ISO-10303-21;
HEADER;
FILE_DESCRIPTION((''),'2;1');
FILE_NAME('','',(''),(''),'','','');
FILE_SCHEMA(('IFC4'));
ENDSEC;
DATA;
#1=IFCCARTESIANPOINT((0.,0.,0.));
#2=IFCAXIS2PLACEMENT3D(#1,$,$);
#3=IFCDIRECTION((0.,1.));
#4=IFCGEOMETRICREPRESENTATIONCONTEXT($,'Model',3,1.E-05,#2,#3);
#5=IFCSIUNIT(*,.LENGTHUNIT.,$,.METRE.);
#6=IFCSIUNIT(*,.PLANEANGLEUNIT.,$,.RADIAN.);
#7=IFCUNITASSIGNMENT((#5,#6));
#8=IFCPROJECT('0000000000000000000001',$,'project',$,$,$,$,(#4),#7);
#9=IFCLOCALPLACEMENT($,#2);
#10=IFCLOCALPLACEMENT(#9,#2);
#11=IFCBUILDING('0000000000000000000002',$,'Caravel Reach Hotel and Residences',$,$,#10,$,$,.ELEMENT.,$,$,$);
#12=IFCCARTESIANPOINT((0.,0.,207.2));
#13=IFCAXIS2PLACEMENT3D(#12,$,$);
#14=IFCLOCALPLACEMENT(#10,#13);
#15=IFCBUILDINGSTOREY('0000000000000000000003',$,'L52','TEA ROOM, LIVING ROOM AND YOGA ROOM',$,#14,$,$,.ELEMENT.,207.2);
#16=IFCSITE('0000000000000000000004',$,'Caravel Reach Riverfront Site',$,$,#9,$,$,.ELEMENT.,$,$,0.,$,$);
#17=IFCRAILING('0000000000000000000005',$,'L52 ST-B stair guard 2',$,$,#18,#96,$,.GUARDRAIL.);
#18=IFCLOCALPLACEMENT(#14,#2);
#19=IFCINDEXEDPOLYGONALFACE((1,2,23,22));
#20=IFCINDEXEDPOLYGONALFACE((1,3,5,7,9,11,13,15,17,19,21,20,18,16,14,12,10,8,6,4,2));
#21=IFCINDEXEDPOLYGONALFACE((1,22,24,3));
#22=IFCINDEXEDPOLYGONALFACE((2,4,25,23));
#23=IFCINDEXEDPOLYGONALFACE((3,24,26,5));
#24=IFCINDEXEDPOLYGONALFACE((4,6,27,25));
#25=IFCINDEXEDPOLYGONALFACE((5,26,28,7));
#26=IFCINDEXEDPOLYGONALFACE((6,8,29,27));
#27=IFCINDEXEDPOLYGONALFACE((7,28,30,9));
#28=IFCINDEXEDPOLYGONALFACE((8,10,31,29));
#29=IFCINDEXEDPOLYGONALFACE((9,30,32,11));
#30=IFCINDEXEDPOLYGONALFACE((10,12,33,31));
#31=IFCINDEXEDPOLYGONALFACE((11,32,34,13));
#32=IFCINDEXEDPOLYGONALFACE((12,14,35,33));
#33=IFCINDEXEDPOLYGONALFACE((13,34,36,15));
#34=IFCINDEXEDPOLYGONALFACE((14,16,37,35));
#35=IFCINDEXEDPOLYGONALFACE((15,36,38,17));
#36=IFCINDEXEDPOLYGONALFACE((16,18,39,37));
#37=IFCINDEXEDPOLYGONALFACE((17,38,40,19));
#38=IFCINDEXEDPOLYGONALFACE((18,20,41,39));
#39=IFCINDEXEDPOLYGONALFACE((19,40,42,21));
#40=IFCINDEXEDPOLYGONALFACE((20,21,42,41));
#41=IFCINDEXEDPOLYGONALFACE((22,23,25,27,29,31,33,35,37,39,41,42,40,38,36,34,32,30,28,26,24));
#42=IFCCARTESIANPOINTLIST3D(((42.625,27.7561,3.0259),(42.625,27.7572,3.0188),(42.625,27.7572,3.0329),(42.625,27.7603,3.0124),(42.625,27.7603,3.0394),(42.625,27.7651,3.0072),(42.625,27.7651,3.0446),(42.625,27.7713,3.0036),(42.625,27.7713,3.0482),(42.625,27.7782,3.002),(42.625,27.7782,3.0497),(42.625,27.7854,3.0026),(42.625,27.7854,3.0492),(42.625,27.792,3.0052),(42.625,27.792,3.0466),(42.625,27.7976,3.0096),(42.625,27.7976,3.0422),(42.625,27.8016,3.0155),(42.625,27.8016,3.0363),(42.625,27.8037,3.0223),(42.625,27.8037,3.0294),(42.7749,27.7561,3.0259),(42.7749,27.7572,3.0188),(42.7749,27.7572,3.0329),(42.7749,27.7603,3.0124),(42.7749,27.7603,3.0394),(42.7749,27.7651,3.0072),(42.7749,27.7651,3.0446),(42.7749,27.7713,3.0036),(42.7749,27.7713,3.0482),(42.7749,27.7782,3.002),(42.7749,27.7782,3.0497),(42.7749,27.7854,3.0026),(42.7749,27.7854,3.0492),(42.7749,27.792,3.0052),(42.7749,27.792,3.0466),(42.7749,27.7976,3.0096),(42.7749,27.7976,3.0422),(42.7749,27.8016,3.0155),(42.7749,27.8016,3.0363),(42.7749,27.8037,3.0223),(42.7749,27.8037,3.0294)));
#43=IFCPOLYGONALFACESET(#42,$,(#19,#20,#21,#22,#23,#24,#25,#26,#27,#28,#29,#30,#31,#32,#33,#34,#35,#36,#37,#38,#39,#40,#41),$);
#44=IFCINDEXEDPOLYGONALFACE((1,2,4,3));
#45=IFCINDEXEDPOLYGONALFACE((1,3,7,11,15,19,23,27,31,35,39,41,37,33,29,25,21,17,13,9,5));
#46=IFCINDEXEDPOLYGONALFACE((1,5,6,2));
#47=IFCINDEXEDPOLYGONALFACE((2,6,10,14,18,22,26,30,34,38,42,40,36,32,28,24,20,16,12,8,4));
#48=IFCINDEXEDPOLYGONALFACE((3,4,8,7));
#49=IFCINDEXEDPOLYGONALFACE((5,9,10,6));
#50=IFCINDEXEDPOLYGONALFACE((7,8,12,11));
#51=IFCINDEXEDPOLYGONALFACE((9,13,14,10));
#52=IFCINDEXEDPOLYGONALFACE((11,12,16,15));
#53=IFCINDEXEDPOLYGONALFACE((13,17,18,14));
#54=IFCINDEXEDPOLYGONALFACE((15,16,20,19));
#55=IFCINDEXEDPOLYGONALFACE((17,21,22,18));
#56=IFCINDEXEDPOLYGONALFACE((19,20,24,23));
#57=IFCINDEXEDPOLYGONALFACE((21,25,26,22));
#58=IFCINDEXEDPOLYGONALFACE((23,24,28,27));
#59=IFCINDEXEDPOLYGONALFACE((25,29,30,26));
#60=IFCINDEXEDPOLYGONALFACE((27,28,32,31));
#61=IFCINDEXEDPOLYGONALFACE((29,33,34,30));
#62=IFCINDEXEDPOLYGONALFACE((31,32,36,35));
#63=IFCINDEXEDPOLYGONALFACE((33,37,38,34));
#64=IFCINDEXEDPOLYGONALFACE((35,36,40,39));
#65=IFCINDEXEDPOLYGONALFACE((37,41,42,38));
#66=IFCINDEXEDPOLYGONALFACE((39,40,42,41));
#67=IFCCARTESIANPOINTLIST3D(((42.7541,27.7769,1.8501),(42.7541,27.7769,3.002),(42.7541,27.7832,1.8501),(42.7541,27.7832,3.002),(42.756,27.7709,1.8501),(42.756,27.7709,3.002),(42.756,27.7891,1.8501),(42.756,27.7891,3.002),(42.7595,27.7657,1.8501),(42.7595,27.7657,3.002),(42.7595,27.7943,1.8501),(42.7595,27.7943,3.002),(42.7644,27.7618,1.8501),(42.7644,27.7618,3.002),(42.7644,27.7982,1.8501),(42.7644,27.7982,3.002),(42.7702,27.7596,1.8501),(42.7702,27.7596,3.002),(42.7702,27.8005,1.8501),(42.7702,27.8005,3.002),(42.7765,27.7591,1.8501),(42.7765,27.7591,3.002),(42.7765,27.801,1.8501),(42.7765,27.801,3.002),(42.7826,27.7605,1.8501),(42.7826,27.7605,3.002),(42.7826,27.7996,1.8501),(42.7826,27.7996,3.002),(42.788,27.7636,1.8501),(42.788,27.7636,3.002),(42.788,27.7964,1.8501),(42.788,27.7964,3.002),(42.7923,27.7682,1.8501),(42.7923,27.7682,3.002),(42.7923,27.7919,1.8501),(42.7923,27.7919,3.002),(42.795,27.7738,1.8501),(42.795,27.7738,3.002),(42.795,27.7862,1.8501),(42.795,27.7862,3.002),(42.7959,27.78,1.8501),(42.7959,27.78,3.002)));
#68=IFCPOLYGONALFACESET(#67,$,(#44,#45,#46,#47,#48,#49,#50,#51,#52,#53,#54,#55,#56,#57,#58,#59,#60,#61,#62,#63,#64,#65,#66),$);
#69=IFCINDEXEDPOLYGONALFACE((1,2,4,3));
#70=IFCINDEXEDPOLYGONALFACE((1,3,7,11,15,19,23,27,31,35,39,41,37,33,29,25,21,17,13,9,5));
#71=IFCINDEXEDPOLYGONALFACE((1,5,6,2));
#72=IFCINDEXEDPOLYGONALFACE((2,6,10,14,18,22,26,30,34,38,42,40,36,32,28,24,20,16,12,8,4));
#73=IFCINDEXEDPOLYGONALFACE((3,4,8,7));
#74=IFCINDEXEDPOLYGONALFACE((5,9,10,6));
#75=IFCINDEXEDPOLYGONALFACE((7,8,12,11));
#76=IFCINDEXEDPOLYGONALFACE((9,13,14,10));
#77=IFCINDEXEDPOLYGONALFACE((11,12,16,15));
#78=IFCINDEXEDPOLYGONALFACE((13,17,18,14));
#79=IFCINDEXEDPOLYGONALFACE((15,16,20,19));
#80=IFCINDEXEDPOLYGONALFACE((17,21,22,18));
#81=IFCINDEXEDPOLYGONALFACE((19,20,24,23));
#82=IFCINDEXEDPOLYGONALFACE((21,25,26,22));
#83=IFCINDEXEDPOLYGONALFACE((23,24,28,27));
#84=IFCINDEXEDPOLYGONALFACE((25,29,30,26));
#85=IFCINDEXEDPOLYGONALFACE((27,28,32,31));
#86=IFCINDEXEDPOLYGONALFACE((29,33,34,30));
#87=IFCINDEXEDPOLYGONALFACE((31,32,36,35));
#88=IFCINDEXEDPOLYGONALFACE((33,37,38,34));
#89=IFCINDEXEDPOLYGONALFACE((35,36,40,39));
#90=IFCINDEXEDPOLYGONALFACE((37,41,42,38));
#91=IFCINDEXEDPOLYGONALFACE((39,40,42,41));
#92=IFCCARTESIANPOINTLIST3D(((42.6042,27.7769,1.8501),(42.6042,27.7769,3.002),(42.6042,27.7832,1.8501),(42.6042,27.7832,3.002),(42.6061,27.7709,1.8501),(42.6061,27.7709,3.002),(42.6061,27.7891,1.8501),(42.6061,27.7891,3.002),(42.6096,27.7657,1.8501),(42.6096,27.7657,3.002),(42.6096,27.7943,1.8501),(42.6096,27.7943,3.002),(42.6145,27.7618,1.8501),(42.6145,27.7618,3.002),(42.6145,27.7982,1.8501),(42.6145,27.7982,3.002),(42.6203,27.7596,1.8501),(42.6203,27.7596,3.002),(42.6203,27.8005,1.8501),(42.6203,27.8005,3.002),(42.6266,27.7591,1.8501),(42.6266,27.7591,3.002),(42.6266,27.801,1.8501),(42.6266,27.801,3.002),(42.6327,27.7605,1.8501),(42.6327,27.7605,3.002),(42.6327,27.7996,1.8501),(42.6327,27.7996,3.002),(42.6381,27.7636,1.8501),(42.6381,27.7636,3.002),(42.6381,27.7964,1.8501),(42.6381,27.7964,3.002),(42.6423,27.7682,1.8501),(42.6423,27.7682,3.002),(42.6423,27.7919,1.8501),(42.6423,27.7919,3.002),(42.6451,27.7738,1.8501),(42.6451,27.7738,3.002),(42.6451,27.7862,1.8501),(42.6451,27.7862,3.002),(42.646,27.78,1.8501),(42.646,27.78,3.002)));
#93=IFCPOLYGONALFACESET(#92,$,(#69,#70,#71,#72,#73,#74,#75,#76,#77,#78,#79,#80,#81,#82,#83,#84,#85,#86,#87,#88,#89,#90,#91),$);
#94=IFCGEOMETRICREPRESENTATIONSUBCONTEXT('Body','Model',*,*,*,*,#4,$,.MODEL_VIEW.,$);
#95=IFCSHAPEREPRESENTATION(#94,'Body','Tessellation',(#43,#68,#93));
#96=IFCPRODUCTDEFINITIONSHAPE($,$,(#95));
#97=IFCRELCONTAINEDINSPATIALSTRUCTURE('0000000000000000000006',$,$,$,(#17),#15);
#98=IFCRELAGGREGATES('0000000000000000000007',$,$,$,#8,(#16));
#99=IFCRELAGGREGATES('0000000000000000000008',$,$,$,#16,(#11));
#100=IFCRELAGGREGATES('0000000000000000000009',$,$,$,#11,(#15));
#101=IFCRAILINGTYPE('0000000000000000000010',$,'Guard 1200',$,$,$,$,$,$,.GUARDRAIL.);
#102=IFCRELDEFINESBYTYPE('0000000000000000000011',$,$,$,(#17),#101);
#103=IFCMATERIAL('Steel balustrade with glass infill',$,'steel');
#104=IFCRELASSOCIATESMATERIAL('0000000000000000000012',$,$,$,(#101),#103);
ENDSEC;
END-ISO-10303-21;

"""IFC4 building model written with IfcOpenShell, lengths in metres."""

from ifc_helpers import new_model, si_unit, direction, frame, origin, origin_2d, place, context, subcontext, project, spatial, circle, extrude, material, type_object, element, save


model = new_model("IFC4")

# Units and contexts
model_context = context("Model", 3, precision=1e-05, world=origin(), true_north=direction((0.0, 1.0)))
body_context = subcontext(model_context, "Body", "Model", "MODEL_VIEW")
ifc_project = project(units=[si_unit("LENGTHUNIT", "METRE"), si_unit("PLANEANGLEUNIT", "RADIAN")], contexts=[model_context])

# Site, building, storey
site_placement = place(None, origin())
site = spatial("IfcSite", under=ifc_project, at=site_placement, Name="Caravel Reach Riverfront Site", CompositionType="ELEMENT", RefElevation=0.0)
building_placement = place(site_placement, origin())
building = spatial("IfcBuilding", under=site, at=building_placement, Name="Caravel Reach Hotel and Residences", CompositionType="ELEMENT")
storey_placement = place(building_placement, frame((0.0, 0.0, 207.2)))
storey = spatial("IfcBuildingStorey", under=building, at=storey_placement, Name="L52", Description="TEA ROOM, LIVING ROOM AND YOGA ROOM", CompositionType="ELEMENT", Elevation=207.2)

# Railing
ifc_material_1 = material(Name="Steel balustrade with glass infill", Category="steel")
railing_type_1 = type_object("IfcRailingType", Name="Guard 1200", PredefinedType="GUARDRAIL", material=ifc_material_1)
railing_1_placement = place(storey_placement, frame((42.7749, 27.78, 1.8501)))
element("IfcRailing", 1, at=railing_1_placement, inside=storey, type_object=railing_type_1, Name="L52 ST-B stair guard 2", PredefinedType="GUARDRAIL", context=body_context, shape_type="SweptSolid", body=[
    extrude(circle(Radius=0.0239, at=origin_2d()), frame((0.0, 0.0, 1.1758), z_axis=(-1.0, 0.0, 0.0), x_axis=(0.0, -1.0, 0.0)), (0.0, 0.0, 1.0), 0.1499),
    extrude(circle(Radius=0.021, at=origin_2d()), origin(), (0.0, 0.0, 1.0), 1.1519),
    extrude(circle(Radius=0.021, at=origin_2d()), frame((-0.1499, 0.0, 0.0)), (0.0, 0.0, 1.0), 1.1519),
])

save(model, "model.ifc")
